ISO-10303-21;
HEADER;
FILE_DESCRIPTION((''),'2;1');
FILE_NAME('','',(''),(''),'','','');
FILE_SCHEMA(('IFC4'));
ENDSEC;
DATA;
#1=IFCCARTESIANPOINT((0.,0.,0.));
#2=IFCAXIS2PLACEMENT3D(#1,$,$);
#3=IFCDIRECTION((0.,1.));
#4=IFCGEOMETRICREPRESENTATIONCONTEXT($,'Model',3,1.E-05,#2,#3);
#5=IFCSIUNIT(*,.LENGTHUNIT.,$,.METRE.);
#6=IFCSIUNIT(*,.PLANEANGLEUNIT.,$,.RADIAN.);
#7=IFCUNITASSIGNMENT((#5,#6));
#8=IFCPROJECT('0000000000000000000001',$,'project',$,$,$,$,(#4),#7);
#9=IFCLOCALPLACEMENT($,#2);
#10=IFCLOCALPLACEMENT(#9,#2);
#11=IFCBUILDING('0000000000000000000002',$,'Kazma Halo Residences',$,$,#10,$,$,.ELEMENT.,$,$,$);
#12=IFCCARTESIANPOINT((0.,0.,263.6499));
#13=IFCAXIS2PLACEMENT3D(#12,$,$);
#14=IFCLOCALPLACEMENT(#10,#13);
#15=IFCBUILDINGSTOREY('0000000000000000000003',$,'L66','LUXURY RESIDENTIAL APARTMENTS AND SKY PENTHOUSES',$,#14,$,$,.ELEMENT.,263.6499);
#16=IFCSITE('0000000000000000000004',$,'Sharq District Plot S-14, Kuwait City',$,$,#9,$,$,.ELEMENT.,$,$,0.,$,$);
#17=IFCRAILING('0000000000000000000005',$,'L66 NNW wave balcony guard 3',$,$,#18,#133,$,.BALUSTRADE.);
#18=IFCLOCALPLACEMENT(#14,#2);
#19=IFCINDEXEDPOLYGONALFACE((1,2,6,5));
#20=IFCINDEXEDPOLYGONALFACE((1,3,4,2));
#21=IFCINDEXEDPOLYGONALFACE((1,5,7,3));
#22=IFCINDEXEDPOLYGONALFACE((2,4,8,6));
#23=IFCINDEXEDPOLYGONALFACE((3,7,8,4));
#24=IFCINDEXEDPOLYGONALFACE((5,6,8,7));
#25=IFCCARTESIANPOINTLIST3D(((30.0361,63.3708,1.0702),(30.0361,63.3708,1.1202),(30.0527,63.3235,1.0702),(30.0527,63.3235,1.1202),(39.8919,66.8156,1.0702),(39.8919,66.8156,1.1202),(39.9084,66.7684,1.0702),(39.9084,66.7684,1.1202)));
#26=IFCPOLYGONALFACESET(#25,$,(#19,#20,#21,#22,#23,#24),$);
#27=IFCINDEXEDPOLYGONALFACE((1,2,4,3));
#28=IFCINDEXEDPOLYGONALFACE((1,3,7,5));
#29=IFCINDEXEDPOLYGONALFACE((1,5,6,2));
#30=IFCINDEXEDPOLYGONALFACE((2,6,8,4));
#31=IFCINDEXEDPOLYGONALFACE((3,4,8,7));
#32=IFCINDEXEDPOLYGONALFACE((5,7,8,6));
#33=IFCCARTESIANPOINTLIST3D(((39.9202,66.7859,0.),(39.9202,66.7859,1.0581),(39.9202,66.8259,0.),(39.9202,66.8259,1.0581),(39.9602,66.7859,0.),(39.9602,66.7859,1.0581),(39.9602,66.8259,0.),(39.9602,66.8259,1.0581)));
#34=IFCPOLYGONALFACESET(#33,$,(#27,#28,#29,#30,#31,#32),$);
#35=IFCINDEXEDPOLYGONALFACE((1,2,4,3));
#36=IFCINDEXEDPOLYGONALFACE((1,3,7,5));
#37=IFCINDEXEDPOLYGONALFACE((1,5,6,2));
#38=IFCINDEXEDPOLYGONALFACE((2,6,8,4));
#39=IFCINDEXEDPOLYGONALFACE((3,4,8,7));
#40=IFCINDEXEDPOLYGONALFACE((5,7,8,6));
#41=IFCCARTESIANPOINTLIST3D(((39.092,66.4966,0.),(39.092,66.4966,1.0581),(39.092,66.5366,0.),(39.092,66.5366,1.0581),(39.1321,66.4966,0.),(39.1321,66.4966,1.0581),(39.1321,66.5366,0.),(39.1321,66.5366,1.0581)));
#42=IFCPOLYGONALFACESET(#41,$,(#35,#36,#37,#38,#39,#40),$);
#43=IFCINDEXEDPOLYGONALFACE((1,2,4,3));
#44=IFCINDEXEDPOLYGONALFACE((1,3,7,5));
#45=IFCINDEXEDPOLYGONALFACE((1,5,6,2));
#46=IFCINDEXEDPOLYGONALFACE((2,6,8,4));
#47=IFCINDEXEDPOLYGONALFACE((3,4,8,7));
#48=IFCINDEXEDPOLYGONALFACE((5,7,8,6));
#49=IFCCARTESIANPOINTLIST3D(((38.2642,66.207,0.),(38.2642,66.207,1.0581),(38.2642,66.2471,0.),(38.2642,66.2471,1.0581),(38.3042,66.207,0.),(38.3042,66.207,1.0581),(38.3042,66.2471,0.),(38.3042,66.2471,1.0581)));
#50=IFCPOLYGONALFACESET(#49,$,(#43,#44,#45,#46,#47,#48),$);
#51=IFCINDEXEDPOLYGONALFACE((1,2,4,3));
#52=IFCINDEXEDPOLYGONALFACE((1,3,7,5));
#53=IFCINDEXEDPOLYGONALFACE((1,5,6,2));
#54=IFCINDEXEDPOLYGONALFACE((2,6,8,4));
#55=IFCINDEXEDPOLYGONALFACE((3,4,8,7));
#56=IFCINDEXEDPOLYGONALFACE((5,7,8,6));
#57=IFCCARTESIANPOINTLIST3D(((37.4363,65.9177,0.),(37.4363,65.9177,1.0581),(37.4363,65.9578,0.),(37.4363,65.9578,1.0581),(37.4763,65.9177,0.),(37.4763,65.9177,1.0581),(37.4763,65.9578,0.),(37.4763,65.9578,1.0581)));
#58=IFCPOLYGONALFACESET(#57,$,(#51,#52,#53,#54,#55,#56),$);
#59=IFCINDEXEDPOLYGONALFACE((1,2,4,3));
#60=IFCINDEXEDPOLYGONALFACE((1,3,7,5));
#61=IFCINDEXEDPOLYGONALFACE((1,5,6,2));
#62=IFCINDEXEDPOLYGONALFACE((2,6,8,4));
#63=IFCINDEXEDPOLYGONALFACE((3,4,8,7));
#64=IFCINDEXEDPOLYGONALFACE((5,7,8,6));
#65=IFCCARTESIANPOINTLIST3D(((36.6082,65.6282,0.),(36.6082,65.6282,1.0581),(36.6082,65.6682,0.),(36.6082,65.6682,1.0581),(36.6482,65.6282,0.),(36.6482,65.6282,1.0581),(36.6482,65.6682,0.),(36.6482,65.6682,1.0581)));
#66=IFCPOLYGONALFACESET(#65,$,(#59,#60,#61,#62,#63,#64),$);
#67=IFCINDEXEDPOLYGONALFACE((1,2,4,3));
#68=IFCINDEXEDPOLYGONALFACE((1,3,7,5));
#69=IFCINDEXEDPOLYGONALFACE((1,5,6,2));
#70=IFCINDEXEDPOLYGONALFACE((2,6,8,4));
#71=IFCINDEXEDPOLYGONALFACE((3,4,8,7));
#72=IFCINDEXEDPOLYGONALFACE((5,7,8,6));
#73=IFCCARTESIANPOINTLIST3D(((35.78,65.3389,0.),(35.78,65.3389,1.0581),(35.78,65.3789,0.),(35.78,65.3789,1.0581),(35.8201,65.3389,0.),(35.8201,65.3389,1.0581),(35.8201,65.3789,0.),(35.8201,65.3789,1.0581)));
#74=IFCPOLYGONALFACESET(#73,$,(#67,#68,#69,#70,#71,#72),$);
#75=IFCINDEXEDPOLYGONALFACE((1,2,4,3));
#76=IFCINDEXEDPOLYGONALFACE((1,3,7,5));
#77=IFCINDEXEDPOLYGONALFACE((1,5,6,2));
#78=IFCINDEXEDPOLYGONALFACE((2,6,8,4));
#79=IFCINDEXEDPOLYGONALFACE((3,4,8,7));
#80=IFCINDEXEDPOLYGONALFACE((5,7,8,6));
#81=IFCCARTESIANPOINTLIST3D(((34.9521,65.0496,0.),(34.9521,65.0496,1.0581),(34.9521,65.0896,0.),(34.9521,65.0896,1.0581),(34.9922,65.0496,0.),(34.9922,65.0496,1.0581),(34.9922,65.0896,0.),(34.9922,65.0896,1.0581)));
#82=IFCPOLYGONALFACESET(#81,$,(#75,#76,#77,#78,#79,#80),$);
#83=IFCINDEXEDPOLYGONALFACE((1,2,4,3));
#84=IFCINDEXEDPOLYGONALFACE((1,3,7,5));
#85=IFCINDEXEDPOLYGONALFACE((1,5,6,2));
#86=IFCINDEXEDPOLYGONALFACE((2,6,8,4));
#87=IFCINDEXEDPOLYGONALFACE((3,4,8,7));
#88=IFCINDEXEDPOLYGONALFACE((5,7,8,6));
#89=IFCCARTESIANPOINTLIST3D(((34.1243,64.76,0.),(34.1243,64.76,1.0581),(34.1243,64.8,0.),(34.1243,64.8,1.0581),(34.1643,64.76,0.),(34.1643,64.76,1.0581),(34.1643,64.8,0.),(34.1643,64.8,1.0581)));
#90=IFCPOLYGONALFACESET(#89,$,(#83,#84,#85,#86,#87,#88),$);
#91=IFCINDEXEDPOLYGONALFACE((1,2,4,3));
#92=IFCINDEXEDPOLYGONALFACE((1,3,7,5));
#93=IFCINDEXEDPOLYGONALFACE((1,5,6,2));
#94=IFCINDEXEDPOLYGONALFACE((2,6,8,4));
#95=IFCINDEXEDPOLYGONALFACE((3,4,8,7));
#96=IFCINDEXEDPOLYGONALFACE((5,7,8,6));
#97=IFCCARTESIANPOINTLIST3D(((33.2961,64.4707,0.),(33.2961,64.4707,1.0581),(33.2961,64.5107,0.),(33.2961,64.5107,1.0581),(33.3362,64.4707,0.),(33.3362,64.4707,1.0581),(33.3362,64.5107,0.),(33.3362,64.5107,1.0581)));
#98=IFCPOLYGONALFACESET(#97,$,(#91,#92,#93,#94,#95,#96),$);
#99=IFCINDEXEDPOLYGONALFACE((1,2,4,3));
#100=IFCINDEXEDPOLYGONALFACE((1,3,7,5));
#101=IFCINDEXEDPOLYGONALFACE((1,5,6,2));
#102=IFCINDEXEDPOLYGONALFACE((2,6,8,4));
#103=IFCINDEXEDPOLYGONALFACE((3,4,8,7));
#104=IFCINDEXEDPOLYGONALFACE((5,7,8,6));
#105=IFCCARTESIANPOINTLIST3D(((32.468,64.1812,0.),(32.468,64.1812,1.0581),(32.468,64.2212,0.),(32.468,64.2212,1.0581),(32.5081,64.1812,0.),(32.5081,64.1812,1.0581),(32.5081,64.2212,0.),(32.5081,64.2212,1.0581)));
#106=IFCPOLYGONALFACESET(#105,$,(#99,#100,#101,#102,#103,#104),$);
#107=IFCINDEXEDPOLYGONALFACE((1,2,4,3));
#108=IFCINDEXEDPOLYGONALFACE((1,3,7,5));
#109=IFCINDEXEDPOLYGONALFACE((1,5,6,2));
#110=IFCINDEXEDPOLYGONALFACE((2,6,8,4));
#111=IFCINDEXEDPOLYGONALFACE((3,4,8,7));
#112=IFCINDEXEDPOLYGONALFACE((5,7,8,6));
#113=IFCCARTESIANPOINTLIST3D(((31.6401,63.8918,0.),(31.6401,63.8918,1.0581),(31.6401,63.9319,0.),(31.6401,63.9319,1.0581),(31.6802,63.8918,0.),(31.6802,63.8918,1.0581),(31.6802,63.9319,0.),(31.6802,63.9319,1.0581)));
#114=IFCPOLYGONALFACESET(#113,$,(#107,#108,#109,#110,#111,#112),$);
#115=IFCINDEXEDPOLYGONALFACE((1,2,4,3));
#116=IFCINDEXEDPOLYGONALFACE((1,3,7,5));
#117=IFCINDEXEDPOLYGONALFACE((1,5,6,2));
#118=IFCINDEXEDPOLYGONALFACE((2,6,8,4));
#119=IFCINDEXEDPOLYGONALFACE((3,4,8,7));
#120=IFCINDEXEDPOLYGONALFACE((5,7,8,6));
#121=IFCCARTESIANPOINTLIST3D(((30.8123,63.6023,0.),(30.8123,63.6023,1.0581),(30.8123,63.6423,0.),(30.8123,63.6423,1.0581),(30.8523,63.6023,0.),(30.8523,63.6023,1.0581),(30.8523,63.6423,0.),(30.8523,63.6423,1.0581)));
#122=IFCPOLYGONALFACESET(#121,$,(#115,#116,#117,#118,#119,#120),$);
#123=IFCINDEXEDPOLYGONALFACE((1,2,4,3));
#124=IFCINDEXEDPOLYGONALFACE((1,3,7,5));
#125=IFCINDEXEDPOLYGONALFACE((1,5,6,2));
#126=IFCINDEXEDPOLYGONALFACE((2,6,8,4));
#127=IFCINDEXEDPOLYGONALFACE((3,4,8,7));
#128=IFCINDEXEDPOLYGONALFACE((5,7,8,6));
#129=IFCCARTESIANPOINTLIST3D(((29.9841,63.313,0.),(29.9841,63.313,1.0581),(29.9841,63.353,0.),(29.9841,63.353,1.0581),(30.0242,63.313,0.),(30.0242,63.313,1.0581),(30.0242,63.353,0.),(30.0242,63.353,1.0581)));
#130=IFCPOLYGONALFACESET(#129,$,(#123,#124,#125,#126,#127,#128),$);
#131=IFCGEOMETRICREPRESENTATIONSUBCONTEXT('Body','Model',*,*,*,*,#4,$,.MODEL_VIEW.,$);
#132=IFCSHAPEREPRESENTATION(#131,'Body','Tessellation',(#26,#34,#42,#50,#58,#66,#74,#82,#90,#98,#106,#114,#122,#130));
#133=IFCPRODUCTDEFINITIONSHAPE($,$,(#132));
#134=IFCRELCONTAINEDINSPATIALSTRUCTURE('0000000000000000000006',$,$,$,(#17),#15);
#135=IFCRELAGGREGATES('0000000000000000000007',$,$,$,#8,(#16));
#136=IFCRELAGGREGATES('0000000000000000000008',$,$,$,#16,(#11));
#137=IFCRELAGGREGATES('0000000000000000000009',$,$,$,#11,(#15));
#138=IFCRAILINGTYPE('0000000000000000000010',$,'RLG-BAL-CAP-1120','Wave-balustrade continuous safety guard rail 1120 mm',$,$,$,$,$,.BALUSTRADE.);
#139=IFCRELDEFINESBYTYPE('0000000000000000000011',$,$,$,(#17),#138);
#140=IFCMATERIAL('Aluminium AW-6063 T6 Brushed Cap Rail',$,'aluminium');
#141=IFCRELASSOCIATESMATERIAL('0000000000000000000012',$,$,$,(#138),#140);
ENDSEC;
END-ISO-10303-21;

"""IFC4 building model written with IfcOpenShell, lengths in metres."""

from ifc_helpers import new_model, si_unit, direction, frame, origin, origin_2d, place, context, subcontext, project, spatial, rectangle, extrude, material, type_object, element, save


model = new_model("IFC4")

# Units and contexts
model_context = context("Model", 3, precision=1e-05, world=origin(), true_north=direction((0.0, 1.0)))
body_context = subcontext(model_context, "Body", "Model", "MODEL_VIEW")
ifc_project = project(units=[si_unit("LENGTHUNIT", "METRE"), si_unit("PLANEANGLEUNIT", "RADIAN")], contexts=[model_context])

# Site, building, storey
site_placement = place(None, origin())
site = spatial("IfcSite", under=ifc_project, at=site_placement, Name="Sharq District Plot S-14, Kuwait City", CompositionType="ELEMENT", RefElevation=0.0)
building_placement = place(site_placement, origin())
building = spatial("IfcBuilding", under=site, at=building_placement, Name="Kazma Halo Residences", CompositionType="ELEMENT")
storey_placement = place(building_placement, frame((0.0, 0.0, 263.6499)))
storey = spatial("IfcBuildingStorey", under=building, at=storey_placement, Name="L66", Description="LUXURY RESIDENTIAL APARTMENTS AND SKY PENTHOUSES", CompositionType="ELEMENT", Elevation=263.6499)

# Railing
ifc_material_1 = material(Name="Aluminium AW-6063 T6 Brushed Cap Rail", Category="aluminium")
railing_type = type_object("IfcRailingType", Name="RLG-BAL-CAP-1120", Description="Wave-balustrade continuous safety guard rail 1120 mm", PredefinedType="BALUSTRADE", material=ifc_material_1)
railing_placement = place(storey_placement, frame((39.9402, 66.8059, 0.0)))
element("IfcRailing", 1, at=railing_placement, inside=storey, type_object=railing_type, Name="L66 NNW wave balcony guard 3", PredefinedType="BALUSTRADE", context=body_context, shape_type="SweptSolid", body=[
    extrude(rectangle(XDim=0.05, YDim=0.05, at=origin_2d()), frame((-0.04, -0.0139, 1.0952), z_axis=(-0.943998, -0.329952, 0.0), x_axis=(0.329952, -0.943998, 0.0)), (0.0, 0.0, 1.0), 10.4404),
    extrude(rectangle(XDim=0.04, YDim=0.04, at=origin_2d()), origin(), (0.0, 0.0, 1.0), 1.0581),
    extrude(rectangle(XDim=0.04, YDim=0.04, at=origin_2d()), frame((-0.8281, -0.2893, 0.0)), (0.0, 0.0, 1.0), 1.0581),
    extrude(rectangle(XDim=0.04, YDim=0.04, at=origin_2d()), frame((-1.656, -0.5789, 0.0)), (0.0, 0.0, 1.0), 1.0581),
    extrude(rectangle(XDim=0.04, YDim=0.04, at=origin_2d()), frame((-2.4839, -0.8682, 0.0)), (0.0, 0.0, 1.0), 1.0581),
    extrude(rectangle(XDim=0.04, YDim=0.04, at=origin_2d()), frame((-3.312, -1.1577, 0.0)), (0.0, 0.0, 1.0), 1.0581),
    extrude(rectangle(XDim=0.04, YDim=0.04, at=origin_2d()), frame((-4.1401, -1.447, 0.0)), (0.0, 0.0, 1.0), 1.0581),
    extrude(rectangle(XDim=0.04, YDim=0.04, at=origin_2d()), frame((-4.968, -1.7363, 0.0)), (0.0, 0.0, 1.0), 1.0581),
    extrude(rectangle(XDim=0.04, YDim=0.04, at=origin_2d()), frame((-5.7959, -2.0259, 0.0)), (0.0, 0.0, 1.0), 1.0581),
    extrude(rectangle(XDim=0.04, YDim=0.04, at=origin_2d()), frame((-6.624, -2.3152, 0.0)), (0.0, 0.0, 1.0), 1.0581),
    extrude(rectangle(XDim=0.04, YDim=0.04, at=origin_2d()), frame((-7.4521, -2.6047, 0.0)), (0.0, 0.0, 1.0), 1.0581),
    extrude(rectangle(XDim=0.04, YDim=0.04, at=origin_2d()), frame((-8.28, -2.894, 0.0)), (0.0, 0.0, 1.0), 1.0581),
    extrude(rectangle(XDim=0.04, YDim=0.04, at=origin_2d()), frame((-9.1079, -3.1836, 0.0)), (0.0, 0.0, 1.0), 1.0581),
    extrude(rectangle(XDim=0.04, YDim=0.04, at=origin_2d()), frame((-9.936, -3.4729, 0.0)), (0.0, 0.0, 1.0), 1.0581),
])

save(model, "model.ifc")
